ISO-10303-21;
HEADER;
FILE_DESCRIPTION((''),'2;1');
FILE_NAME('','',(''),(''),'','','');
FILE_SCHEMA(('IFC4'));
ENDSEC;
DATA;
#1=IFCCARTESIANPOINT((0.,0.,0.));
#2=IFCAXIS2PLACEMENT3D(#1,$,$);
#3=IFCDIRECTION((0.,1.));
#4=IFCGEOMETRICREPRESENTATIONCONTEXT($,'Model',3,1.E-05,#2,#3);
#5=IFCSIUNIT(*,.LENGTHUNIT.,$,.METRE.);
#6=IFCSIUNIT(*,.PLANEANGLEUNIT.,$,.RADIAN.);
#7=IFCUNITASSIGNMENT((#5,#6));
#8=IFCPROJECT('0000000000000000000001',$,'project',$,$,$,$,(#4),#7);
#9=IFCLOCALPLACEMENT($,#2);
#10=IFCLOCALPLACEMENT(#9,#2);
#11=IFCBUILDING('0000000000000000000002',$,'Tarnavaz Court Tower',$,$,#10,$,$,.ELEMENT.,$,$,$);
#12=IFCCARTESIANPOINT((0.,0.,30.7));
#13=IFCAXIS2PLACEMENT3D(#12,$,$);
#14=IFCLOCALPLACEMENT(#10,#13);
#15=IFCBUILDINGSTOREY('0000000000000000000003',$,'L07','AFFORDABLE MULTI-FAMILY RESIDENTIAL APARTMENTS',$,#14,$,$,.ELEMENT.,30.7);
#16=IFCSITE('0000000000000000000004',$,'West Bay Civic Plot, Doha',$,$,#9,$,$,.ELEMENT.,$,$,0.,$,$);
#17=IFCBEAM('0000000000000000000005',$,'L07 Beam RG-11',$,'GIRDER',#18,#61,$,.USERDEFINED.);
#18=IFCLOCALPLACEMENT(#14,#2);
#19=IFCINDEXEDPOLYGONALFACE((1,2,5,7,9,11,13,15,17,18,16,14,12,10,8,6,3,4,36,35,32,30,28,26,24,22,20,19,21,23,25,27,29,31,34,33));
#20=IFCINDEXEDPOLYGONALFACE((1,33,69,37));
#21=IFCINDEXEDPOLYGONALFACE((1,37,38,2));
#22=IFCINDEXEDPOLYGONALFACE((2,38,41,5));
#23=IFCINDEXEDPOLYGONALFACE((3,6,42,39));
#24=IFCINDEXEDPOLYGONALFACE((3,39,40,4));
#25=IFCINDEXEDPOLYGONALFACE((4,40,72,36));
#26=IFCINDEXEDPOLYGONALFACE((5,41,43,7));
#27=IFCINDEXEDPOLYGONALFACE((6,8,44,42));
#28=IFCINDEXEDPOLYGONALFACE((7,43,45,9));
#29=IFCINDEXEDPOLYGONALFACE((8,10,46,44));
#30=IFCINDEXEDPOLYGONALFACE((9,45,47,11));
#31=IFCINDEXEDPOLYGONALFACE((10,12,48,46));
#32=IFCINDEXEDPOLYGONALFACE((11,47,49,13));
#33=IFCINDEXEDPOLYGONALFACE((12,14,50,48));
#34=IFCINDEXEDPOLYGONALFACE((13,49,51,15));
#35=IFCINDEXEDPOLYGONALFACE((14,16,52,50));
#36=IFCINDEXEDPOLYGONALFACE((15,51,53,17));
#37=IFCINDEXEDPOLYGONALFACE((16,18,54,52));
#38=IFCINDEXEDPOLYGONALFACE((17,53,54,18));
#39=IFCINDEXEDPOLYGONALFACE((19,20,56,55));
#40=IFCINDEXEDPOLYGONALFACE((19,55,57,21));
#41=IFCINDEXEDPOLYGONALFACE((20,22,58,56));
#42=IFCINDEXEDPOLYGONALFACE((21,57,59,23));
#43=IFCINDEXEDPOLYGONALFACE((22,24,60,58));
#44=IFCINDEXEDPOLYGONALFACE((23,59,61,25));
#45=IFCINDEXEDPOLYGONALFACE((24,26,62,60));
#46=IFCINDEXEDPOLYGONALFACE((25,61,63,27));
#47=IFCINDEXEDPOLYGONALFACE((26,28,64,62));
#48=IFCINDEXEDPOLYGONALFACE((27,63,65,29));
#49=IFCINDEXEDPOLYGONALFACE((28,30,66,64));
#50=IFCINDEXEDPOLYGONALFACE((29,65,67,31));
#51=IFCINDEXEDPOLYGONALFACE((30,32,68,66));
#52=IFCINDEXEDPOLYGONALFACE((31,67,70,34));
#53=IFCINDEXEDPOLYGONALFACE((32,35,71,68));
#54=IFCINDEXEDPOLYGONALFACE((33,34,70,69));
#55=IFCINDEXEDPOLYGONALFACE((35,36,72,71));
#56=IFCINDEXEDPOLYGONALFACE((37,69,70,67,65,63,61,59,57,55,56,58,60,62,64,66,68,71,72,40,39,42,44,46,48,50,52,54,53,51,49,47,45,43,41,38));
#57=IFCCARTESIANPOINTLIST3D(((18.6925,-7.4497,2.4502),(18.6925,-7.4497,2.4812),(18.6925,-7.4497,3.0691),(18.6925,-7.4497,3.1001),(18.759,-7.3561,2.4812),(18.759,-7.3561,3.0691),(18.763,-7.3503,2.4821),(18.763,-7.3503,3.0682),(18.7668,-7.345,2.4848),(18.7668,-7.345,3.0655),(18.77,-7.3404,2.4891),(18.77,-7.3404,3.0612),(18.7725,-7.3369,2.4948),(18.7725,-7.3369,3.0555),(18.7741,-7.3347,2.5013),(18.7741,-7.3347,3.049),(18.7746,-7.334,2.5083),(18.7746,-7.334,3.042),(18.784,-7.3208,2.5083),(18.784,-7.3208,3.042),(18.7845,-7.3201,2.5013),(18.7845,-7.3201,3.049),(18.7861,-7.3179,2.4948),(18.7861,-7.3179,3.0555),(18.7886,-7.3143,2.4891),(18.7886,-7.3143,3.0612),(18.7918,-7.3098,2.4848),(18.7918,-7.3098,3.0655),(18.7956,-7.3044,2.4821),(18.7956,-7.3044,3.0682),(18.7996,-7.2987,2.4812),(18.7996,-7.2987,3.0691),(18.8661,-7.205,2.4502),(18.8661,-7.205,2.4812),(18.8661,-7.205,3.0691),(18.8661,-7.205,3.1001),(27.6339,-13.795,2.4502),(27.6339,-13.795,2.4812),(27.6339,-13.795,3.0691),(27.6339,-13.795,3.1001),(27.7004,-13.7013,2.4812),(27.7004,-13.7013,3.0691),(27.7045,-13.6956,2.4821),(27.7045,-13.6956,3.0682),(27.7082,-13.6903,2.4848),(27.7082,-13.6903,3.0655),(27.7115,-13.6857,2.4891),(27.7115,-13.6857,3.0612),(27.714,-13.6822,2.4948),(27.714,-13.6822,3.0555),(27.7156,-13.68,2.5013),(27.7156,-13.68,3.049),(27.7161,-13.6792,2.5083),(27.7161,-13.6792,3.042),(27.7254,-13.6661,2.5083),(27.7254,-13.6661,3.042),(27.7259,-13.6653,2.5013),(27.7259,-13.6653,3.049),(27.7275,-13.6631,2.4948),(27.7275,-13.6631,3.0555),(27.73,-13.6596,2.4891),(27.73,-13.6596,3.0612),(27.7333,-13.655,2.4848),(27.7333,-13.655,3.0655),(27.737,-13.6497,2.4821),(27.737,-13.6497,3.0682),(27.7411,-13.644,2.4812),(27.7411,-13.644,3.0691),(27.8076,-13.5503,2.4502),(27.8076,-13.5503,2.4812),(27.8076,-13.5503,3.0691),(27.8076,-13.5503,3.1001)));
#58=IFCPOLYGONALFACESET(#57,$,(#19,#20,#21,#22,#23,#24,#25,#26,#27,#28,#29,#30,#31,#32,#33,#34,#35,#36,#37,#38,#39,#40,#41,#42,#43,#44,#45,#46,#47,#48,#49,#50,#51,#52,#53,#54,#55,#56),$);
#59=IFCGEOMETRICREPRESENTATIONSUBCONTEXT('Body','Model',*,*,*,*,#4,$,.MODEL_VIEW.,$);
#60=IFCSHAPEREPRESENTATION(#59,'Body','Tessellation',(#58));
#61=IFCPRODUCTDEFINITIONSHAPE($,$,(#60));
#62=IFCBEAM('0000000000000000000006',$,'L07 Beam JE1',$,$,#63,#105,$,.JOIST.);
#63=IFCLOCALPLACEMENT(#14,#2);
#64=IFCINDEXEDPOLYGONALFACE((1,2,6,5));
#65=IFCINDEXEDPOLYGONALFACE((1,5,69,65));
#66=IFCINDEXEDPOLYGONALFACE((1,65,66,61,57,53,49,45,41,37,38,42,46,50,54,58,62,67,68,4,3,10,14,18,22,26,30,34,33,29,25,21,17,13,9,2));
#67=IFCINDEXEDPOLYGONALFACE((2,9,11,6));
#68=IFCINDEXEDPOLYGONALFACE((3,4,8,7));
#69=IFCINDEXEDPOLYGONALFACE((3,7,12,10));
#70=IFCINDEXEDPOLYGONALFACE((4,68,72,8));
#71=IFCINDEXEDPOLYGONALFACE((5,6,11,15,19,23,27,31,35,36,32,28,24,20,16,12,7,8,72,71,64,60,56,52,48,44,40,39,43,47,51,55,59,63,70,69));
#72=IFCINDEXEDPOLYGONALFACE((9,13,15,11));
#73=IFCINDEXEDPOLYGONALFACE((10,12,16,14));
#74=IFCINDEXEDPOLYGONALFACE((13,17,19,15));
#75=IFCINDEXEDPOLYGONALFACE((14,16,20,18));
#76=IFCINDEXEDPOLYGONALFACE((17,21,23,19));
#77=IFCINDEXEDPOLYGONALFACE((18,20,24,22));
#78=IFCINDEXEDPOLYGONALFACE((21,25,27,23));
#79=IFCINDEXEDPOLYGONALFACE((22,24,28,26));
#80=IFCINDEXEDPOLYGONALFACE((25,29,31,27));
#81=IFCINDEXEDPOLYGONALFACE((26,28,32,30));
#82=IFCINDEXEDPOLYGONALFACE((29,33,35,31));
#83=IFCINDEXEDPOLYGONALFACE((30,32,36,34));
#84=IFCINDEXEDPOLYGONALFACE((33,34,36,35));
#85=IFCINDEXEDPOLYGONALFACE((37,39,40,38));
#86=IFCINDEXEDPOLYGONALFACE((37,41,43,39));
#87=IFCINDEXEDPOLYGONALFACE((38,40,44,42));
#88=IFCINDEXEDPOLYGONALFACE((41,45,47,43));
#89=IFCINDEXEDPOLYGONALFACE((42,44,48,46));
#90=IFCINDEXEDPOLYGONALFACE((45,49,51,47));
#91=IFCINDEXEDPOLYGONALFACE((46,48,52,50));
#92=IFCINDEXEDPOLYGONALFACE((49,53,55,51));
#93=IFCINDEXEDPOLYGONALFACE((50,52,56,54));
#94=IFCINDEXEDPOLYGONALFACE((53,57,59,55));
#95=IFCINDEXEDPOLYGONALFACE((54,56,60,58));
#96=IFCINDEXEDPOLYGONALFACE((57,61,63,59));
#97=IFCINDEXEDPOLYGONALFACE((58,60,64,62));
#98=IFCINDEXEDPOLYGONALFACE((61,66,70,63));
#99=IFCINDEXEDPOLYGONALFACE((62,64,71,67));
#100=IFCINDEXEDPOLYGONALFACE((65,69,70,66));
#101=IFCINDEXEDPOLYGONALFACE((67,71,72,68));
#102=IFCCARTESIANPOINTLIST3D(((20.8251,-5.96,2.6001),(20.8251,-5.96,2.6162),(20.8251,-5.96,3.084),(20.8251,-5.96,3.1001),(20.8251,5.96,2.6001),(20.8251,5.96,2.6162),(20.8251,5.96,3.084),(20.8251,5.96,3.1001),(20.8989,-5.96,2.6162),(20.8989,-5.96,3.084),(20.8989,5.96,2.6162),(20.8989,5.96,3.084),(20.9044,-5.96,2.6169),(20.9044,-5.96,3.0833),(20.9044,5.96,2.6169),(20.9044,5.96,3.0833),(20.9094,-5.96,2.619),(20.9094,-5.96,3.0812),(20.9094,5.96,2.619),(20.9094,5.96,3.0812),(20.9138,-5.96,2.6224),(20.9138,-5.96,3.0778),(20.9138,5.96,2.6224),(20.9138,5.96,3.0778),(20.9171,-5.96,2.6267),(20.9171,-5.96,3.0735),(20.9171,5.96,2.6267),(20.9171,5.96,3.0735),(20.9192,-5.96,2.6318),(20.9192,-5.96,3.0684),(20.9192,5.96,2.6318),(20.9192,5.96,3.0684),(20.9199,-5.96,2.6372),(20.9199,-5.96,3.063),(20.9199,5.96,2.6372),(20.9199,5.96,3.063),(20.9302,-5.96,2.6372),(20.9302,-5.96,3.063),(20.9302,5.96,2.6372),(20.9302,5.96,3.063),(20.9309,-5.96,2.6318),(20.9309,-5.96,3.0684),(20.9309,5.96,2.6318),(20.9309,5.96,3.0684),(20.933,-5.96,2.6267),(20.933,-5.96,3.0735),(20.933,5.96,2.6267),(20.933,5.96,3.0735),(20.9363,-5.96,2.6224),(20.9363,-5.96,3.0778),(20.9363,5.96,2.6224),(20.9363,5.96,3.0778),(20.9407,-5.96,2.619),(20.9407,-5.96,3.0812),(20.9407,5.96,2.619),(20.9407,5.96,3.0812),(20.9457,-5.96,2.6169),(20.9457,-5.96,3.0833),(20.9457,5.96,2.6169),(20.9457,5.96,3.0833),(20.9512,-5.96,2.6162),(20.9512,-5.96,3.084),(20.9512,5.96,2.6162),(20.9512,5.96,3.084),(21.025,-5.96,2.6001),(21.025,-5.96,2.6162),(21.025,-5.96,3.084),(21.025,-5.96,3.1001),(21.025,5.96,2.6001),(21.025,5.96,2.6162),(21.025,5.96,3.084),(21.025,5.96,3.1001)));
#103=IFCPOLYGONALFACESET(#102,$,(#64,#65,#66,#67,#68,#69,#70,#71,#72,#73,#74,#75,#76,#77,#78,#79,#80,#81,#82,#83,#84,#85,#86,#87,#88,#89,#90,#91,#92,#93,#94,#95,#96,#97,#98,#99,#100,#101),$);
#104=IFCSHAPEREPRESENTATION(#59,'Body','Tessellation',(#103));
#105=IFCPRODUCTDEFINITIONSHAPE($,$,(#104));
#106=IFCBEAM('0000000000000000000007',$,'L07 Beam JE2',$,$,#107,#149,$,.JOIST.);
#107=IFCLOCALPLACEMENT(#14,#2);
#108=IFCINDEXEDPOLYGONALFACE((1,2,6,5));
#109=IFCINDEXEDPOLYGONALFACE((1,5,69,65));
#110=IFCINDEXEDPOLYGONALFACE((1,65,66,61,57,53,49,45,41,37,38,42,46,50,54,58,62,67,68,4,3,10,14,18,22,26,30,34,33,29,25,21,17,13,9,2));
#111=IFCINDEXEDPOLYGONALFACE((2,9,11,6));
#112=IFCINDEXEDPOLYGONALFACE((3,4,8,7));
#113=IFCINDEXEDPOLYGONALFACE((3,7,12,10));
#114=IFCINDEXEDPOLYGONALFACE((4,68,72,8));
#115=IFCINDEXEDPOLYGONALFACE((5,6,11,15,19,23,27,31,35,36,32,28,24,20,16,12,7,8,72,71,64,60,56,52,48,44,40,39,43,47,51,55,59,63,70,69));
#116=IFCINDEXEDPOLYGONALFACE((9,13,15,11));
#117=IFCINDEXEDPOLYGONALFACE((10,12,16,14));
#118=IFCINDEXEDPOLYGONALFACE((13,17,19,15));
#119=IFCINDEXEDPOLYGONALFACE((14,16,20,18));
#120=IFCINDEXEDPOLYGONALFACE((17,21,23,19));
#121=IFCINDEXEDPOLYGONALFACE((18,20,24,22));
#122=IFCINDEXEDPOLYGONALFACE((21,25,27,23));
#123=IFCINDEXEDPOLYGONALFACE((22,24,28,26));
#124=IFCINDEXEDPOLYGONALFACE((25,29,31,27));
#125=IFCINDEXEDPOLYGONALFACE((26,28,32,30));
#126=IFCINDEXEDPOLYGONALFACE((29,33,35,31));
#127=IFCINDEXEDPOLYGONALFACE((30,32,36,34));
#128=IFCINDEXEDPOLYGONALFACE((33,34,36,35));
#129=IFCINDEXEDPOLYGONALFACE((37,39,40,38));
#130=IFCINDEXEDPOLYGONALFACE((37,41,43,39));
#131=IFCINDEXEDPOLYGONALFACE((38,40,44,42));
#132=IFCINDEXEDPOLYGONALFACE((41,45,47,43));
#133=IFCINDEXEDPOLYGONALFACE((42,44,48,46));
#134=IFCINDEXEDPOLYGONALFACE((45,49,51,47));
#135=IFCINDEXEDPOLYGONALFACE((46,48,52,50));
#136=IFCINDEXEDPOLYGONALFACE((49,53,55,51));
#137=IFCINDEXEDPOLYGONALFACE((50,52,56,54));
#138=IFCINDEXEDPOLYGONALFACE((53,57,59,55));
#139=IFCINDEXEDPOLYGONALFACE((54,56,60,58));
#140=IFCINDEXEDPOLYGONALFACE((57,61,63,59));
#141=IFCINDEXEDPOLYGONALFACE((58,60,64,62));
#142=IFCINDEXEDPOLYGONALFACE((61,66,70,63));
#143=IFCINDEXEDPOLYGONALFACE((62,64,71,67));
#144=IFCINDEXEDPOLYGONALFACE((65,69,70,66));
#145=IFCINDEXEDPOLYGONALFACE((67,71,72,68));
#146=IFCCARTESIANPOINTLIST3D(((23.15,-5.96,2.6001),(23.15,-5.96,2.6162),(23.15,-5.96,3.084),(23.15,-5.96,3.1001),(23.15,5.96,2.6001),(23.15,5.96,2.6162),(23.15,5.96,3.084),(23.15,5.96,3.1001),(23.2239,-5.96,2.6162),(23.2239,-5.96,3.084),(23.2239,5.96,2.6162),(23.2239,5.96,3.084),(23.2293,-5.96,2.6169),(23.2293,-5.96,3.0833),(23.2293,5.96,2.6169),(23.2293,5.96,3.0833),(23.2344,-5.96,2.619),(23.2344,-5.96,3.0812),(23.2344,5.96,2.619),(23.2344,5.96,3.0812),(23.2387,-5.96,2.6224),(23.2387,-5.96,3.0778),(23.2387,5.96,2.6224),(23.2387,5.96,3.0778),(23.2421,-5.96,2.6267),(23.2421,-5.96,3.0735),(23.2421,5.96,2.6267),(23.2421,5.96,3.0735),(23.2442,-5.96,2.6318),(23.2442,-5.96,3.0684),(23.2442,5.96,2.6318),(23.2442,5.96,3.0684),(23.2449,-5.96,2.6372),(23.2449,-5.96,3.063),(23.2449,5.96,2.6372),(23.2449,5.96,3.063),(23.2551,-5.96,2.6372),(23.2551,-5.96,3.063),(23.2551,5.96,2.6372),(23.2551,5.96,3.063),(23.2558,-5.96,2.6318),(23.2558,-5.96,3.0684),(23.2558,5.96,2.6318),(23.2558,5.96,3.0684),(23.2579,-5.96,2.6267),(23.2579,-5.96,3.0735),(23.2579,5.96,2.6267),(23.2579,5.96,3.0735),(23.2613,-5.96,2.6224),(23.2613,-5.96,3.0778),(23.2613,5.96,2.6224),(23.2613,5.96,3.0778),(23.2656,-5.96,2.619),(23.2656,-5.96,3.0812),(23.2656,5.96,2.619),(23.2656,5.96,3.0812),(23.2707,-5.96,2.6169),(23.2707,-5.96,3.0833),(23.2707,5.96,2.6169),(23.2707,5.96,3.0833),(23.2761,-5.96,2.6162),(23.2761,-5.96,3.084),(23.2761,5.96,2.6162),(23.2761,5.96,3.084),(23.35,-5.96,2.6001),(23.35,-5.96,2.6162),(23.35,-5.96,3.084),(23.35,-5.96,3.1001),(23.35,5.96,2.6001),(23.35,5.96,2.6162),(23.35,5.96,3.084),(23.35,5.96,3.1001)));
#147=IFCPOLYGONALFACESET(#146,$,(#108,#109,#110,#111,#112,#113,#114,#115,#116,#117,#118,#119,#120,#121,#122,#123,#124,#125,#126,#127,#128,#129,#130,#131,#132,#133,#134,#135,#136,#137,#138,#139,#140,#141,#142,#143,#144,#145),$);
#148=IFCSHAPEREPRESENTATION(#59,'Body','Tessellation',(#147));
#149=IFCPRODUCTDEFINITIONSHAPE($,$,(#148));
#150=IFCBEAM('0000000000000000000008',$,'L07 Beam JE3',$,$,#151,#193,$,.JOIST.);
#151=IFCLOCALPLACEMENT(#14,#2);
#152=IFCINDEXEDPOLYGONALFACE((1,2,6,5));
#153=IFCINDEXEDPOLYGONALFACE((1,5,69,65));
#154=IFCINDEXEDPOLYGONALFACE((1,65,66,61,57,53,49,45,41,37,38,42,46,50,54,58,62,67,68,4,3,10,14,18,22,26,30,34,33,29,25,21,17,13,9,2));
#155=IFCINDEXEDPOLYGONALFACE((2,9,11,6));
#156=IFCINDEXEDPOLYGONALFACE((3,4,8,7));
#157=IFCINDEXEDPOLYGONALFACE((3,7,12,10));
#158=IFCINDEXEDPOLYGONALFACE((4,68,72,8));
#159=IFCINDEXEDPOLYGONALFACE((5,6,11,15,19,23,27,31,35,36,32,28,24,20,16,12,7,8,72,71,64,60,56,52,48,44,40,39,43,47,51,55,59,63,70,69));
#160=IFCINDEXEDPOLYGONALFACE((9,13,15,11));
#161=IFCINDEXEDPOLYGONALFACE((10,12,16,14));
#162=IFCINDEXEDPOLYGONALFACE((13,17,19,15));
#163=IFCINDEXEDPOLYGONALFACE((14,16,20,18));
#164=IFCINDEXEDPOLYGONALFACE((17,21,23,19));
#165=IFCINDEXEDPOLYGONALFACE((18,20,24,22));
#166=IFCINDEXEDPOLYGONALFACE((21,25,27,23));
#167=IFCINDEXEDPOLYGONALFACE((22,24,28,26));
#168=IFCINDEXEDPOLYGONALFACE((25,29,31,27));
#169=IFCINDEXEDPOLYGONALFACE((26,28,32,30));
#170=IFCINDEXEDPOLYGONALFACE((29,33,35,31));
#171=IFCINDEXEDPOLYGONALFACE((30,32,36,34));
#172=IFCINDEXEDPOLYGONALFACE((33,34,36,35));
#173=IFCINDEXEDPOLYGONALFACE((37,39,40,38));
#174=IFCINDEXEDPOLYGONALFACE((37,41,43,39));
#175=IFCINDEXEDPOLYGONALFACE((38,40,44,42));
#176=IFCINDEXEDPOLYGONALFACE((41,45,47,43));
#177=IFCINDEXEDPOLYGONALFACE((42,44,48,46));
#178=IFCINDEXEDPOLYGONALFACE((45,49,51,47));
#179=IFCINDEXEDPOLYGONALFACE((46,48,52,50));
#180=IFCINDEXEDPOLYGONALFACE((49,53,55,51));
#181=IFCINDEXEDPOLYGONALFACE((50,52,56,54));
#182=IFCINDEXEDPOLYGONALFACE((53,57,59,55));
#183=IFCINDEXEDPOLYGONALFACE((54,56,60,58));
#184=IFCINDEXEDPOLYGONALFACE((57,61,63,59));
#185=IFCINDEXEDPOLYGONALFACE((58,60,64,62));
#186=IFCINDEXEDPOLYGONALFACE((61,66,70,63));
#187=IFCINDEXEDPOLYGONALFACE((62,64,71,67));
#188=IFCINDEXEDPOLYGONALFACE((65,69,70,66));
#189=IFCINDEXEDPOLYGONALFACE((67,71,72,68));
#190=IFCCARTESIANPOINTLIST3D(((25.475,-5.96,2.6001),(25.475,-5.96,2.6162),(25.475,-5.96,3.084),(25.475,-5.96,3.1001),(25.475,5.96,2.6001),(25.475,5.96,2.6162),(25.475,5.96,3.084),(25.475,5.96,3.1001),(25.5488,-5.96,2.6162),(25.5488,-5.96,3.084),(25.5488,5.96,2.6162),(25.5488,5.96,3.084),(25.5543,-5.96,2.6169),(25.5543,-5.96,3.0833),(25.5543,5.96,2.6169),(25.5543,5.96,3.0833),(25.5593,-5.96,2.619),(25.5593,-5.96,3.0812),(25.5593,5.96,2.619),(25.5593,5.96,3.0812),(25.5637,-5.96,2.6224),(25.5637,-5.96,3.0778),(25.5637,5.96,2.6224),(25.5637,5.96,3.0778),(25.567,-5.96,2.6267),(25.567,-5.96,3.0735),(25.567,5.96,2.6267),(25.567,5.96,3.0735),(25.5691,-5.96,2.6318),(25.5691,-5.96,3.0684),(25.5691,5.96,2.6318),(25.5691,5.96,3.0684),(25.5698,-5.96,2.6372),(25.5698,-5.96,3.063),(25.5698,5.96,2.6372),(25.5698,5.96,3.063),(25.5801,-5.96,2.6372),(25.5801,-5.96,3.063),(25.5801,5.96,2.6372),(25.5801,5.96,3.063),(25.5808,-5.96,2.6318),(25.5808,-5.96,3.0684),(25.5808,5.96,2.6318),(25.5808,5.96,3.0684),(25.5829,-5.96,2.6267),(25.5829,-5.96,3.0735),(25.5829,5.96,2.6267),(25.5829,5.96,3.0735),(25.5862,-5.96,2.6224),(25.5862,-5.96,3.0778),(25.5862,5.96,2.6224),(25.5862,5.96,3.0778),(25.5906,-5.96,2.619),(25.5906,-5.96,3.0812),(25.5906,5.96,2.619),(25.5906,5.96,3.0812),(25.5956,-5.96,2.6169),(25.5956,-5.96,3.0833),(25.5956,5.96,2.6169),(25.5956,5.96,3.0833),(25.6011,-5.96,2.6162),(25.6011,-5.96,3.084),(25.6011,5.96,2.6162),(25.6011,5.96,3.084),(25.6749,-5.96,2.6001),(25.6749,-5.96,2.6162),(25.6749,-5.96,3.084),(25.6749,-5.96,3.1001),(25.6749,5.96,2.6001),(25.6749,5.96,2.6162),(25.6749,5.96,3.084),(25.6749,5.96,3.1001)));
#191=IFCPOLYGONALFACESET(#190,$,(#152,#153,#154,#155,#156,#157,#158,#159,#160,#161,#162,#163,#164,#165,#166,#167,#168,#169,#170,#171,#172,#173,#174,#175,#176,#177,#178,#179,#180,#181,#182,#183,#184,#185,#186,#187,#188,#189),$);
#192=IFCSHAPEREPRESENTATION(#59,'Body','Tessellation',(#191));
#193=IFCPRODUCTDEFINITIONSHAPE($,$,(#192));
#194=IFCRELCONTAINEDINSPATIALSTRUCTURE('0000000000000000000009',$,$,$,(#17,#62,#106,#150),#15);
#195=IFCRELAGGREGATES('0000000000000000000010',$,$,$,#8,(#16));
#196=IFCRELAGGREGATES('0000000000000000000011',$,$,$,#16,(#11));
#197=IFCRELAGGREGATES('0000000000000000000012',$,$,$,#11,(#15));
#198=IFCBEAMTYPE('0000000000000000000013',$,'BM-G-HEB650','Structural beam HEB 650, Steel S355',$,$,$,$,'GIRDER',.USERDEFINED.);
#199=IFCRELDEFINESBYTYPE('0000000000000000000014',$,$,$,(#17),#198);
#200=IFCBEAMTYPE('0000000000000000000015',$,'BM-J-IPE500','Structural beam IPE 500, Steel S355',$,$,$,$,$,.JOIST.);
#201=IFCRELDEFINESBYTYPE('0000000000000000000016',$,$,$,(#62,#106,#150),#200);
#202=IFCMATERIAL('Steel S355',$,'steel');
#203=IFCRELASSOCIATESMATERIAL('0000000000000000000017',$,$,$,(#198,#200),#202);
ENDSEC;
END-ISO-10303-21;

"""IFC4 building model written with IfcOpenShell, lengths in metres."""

from ifc_helpers import new_model, si_unit, direction, frame, origin, origin_2d, place, context, subcontext, project, spatial, i_section, extrude, material, material_profile, profile_set, type_object, element, save


model = new_model("IFC4")

# Units and contexts
model_context = context("Model", 3, precision=1e-05, world=origin(), true_north=direction((0.0, 1.0)))
body_context = subcontext(model_context, "Body", "Model", "MODEL_VIEW")
ifc_project = project(units=[si_unit("LENGTHUNIT", "METRE"), si_unit("PLANEANGLEUNIT", "RADIAN")], contexts=[model_context])

# Site, building, storey
site_placement = place(None, origin())
site = spatial("IfcSite", under=ifc_project, at=site_placement, Name="West Bay Civic Plot, Doha", CompositionType="ELEMENT", RefElevation=0.0)
building_placement = place(site_placement, origin())
building = spatial("IfcBuilding", under=site, at=building_placement, Name="Tarnavaz Court Tower", CompositionType="ELEMENT")
storey_placement = place(building_placement, frame((0.0, 0.0, 30.7)))
storey = spatial("IfcBuildingStorey", under=building, at=storey_placement, Name="L07", Description="AFFORDABLE MULTI-FAMILY RESIDENTIAL APARTMENTS", CompositionType="ELEMENT", Elevation=30.7)

# Beams
ifc_material_1 = material(Name="Steel S355", Category="steel")
ifc_material_profile_1 = material_profile(ifc_material_1, i_section(OverallWidth=0.3, OverallDepth=0.6499, WebThickness=0.0161, FlangeThickness=0.031, FilletRadius=0.0271, at=origin_2d()), Name="HEB 650")
ifc_profile_set_1 = profile_set([ifc_material_profile_1], Name="Steel S355")
beam_type_1 = type_object("IfcBeamType", Name="BM-G-HEB650", Description="Structural beam HEB 650, Steel S355", ElementType="GIRDER", PredefinedType="USERDEFINED", material=ifc_profile_set_1)
beam_1_placement = place(storey_placement, frame((18.7793, -7.3274, 2.7751), z_axis=(0.81552, -0.578729, 0.0), x_axis=(0.578729, 0.81552, 0.0)))
element("IfcBeam", 1, at=beam_1_placement, inside=storey, type_object=beam_type_1, Name="L07 Beam RG-11", ObjectType="GIRDER", PredefinedType="USERDEFINED", context=body_context, shape_type="SweptSolid", body=[
    extrude(i_section(OverallWidth=0.3, OverallDepth=0.6499, WebThickness=0.0161, FlangeThickness=0.031, FilletRadius=0.0271, at=origin_2d()), origin(), (0.0, 0.0, 1.0), 10.9641),
])
ifc_material_profile_2 = material_profile(ifc_material_1, i_section(OverallWidth=0.2, OverallDepth=0.5, WebThickness=0.0103, FlangeThickness=0.0161, FilletRadius=0.021, at=origin_2d()), Name="IPE 500")
ifc_profile_set_2 = profile_set([ifc_material_profile_2], Name="Steel S355")
beam_type_2 = type_object("IfcBeamType", Name="BM-J-IPE500", Description="Structural beam IPE 500, Steel S355", PredefinedType="JOIST", material=ifc_profile_set_2)
for number, where, z_axis, x_axis, name in (
    (2, (20.925, -5.96, 2.8501), (0.0, 1.0, 0.0), (-1.0, 0.0, 0.0), "L07 Beam JE1"),
    (3, (23.25, -5.96, 2.8501), (0.0, 1.0, 0.0), (-1.0, 0.0, 0.0), "L07 Beam JE2"),
    (4, (25.575, -5.96, 2.8501), (0.0, 1.0, 0.0), (-1.0, 0.0, 0.0), "L07 Beam JE3"),
):
    element("IfcBeam", number, at=place(storey_placement, frame(where, z_axis=z_axis, x_axis=x_axis)), inside=storey, type_object=beam_type_2, Name=name, PredefinedType="JOIST", context=body_context, shape_type="SweptSolid", body=[
        extrude(i_section(OverallWidth=0.2, OverallDepth=0.5, WebThickness=0.0103, FlangeThickness=0.0161, FilletRadius=0.021, at=origin_2d()), origin(), (0.0, 0.0, 1.0), 11.9199),
    ])

save(model, "model.ifc")
